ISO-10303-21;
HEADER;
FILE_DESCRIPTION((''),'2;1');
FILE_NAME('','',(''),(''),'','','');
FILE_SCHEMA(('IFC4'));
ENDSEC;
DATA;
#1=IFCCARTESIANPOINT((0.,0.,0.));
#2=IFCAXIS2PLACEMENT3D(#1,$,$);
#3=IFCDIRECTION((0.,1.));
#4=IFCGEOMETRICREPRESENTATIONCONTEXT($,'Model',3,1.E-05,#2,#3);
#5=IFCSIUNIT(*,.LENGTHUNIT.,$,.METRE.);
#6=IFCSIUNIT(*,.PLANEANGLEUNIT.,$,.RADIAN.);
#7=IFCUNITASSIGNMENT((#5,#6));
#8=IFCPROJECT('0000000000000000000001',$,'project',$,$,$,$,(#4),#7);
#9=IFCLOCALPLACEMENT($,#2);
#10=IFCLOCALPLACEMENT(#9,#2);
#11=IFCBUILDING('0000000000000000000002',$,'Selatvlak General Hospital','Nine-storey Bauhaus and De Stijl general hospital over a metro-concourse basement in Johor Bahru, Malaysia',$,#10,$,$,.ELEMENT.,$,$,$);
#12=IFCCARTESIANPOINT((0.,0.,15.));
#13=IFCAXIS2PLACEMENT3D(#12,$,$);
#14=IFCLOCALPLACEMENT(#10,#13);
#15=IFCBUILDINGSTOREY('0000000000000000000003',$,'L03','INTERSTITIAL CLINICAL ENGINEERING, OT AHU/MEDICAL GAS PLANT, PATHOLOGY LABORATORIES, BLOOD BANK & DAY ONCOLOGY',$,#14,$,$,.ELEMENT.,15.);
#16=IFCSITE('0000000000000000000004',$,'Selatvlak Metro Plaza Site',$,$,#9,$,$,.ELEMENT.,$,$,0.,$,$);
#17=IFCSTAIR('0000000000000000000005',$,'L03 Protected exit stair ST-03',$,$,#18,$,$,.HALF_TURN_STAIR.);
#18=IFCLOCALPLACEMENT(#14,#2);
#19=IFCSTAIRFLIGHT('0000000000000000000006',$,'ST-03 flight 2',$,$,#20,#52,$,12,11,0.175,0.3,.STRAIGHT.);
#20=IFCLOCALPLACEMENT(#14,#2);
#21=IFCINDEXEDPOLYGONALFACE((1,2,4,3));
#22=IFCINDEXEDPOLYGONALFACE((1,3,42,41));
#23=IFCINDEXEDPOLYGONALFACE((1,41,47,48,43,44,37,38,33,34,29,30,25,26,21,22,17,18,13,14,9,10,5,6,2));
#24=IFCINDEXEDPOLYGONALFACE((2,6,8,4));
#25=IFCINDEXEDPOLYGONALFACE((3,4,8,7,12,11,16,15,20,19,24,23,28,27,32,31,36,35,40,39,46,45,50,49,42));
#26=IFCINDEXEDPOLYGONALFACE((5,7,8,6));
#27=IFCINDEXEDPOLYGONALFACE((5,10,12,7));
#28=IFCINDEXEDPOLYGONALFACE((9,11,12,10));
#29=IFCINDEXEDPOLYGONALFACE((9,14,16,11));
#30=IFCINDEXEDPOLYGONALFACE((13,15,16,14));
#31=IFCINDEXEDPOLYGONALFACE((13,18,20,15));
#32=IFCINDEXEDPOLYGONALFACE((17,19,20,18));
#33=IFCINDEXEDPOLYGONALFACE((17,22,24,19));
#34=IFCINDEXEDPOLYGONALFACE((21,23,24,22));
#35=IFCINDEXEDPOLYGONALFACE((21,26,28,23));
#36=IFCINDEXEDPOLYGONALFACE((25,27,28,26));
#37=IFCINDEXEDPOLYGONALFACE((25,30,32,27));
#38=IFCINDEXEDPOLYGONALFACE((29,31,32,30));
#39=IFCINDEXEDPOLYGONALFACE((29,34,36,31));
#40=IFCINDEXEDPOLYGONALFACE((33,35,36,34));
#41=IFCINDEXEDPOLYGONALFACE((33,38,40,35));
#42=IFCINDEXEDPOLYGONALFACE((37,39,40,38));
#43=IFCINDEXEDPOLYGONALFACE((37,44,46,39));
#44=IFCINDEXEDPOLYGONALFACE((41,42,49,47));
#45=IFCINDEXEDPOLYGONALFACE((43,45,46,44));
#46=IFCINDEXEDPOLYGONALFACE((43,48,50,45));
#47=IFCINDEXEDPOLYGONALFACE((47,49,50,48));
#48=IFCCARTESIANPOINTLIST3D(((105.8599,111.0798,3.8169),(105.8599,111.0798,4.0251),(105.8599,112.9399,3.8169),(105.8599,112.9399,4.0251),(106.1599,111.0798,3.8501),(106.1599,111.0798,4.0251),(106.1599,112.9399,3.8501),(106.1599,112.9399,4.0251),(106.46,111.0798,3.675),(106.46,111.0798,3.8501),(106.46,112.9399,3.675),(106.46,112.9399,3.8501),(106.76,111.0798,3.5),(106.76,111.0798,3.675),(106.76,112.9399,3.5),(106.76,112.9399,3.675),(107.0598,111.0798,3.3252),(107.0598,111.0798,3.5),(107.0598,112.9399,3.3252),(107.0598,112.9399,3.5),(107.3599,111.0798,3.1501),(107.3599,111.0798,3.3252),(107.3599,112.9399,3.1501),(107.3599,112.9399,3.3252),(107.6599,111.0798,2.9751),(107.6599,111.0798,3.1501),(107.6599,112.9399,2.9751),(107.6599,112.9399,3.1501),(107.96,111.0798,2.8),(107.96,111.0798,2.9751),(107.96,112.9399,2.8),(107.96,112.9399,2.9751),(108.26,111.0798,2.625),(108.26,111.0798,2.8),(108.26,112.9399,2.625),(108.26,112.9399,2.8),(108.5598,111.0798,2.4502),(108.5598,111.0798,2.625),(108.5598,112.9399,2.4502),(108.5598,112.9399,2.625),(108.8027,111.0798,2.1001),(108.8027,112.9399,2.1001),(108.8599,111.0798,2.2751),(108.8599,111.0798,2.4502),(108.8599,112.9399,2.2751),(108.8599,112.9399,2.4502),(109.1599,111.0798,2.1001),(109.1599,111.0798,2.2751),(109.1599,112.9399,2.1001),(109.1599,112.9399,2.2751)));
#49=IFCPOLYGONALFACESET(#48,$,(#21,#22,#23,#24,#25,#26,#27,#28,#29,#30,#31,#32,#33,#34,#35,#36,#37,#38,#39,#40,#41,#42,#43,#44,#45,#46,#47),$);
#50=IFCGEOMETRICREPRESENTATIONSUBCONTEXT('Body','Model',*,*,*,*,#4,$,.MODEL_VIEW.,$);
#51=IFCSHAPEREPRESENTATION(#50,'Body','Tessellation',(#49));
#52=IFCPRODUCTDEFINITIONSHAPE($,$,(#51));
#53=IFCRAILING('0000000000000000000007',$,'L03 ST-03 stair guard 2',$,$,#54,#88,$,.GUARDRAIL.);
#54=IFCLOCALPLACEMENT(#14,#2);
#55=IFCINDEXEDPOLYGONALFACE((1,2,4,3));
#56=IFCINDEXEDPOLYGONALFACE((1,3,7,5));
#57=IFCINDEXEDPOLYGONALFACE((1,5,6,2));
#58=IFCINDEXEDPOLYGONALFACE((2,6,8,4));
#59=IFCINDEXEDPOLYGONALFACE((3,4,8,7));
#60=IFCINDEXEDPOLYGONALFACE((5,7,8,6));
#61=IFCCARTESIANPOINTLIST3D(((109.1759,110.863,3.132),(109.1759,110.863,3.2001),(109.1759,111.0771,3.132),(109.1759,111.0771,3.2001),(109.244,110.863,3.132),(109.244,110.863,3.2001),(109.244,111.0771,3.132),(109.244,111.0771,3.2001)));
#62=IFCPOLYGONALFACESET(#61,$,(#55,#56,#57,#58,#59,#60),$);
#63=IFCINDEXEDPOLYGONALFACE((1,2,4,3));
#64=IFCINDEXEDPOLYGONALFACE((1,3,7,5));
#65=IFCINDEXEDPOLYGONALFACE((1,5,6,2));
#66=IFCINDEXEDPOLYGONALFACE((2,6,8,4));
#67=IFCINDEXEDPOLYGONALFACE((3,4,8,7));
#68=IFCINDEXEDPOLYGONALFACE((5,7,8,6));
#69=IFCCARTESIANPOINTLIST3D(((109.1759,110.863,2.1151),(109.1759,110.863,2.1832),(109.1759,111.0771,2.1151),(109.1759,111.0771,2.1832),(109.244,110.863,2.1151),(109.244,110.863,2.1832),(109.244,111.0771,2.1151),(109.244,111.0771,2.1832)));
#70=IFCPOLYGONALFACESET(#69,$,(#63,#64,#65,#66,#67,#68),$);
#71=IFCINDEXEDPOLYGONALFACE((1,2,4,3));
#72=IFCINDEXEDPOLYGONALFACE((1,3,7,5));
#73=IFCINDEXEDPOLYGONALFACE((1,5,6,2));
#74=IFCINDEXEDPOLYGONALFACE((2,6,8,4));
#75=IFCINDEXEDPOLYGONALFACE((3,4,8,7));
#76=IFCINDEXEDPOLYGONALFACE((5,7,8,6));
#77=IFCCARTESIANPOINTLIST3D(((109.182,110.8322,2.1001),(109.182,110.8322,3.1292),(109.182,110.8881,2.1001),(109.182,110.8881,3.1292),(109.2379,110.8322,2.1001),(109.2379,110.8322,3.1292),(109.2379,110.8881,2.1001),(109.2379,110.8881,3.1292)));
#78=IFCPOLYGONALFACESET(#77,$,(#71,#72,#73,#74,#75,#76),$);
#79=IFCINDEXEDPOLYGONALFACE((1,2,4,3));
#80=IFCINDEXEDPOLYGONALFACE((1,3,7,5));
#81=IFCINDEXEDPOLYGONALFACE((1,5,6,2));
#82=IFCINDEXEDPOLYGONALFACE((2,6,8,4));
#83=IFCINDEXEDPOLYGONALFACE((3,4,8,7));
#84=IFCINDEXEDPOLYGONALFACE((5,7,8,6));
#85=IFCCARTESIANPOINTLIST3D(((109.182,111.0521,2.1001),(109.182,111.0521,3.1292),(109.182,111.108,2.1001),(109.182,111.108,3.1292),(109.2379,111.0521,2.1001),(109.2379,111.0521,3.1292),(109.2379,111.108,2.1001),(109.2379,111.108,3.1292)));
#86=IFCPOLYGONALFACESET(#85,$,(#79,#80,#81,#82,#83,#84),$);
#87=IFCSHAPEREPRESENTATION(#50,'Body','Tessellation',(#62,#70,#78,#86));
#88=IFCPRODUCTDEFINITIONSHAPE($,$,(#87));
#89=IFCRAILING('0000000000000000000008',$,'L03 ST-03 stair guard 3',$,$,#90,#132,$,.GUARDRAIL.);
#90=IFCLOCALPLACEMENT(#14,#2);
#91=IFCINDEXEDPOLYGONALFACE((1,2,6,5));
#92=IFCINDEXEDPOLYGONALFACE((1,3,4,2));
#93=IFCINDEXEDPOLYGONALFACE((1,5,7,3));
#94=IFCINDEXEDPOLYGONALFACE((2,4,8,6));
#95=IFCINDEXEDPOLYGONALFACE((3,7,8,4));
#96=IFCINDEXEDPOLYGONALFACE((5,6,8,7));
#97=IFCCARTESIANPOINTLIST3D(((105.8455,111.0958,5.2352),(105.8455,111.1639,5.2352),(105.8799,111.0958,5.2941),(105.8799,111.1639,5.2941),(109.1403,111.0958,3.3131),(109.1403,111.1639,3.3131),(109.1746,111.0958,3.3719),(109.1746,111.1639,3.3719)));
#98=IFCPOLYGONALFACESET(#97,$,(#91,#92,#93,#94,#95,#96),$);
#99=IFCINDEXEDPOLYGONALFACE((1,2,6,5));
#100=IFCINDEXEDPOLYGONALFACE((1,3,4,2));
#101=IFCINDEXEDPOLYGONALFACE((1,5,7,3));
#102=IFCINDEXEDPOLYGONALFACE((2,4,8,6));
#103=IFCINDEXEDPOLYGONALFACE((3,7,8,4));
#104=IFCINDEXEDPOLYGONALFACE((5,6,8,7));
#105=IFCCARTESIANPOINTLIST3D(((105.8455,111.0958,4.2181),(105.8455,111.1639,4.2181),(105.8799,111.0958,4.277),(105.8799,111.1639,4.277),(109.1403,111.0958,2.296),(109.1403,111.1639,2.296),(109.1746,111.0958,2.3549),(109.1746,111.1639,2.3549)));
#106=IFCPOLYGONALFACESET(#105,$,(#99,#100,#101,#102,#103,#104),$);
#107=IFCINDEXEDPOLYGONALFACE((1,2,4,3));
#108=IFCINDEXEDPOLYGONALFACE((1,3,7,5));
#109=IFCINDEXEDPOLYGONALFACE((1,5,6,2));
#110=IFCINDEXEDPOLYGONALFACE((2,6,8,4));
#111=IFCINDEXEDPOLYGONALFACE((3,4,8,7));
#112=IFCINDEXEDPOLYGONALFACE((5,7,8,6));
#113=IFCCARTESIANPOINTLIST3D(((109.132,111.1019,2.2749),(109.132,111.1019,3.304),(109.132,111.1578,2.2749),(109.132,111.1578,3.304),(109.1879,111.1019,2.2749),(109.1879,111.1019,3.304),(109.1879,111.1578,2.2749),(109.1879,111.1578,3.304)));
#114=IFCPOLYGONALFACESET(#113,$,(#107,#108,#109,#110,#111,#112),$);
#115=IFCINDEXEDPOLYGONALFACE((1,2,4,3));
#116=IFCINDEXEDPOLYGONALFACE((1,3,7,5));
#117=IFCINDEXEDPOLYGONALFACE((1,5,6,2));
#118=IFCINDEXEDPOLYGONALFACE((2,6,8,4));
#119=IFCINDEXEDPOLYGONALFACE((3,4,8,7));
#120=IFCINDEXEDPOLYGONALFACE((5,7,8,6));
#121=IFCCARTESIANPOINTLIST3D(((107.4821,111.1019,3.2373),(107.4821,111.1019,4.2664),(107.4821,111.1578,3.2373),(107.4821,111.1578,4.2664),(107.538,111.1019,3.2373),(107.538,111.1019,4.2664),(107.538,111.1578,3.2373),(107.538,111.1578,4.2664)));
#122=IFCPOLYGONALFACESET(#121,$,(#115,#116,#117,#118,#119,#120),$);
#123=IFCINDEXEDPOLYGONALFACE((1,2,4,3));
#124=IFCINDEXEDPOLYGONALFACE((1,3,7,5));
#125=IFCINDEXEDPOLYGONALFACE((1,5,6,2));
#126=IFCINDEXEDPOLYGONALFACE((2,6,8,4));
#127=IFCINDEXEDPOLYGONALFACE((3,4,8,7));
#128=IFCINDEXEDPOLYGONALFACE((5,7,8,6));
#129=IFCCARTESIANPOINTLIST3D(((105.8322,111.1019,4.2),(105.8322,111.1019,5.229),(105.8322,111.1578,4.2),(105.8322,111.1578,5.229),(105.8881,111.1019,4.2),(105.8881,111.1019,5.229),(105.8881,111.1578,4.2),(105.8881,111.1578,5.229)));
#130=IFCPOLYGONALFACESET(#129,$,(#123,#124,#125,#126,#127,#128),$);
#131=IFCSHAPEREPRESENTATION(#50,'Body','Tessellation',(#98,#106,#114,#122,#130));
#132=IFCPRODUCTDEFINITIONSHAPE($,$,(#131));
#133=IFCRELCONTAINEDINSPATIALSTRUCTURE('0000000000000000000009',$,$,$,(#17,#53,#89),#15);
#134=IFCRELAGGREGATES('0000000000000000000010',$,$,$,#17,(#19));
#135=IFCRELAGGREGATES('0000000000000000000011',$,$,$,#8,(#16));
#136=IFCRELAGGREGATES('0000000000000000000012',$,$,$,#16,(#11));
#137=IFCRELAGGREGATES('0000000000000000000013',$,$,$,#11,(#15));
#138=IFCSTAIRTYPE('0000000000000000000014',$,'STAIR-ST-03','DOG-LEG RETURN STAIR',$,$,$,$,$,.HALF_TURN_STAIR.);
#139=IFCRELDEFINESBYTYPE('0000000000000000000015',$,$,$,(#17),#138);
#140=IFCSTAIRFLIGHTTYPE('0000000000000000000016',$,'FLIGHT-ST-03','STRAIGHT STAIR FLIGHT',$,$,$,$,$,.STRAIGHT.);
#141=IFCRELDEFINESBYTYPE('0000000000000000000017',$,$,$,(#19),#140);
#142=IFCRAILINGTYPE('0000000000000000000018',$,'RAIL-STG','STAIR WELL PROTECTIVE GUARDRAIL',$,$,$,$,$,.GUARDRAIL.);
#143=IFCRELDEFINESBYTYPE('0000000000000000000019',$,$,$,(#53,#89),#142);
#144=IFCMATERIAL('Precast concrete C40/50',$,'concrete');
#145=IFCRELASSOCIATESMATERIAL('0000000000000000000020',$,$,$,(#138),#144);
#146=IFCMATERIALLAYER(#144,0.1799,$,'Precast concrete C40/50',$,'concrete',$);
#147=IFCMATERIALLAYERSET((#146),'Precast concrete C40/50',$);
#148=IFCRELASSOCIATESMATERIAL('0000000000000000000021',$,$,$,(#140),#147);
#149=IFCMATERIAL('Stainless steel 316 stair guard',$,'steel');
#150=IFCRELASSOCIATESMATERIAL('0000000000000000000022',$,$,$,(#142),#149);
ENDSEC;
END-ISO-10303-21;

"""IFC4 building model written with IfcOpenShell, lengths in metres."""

from ifc_helpers import new_model, si_unit, direction, frame, origin, origin_2d, place, context, subcontext, project, spatial, polyline, rectangle, outline, extrude, material, layer, layer_set, type_object, element, aggregate, save


model = new_model("IFC4")

# Units and contexts
model_context = context("Model", 3, precision=1e-05, world=origin(), true_north=direction((0.0, 1.0)))
body_context = subcontext(model_context, "Body", "Model", "MODEL_VIEW")
ifc_project = project(units=[si_unit("LENGTHUNIT", "METRE"), si_unit("PLANEANGLEUNIT", "RADIAN")], contexts=[model_context])

# Site, building, storey
site_placement = place(None, origin())
site = spatial("IfcSite", under=ifc_project, at=site_placement, Name="Selatvlak Metro Plaza Site", CompositionType="ELEMENT", RefElevation=0.0)
building_placement = place(site_placement, origin())
building = spatial("IfcBuilding", under=site, at=building_placement, Name="Selatvlak General Hospital", Description="Nine-storey Bauhaus and De Stijl general hospital over a metro-concourse basement in Johor Bahru, Malaysia", CompositionType="ELEMENT")
storey_placement = place(building_placement, frame((0.0, 0.0, 15.0)))
storey = spatial("IfcBuildingStorey", under=building, at=storey_placement, Name="L03", Description="INTERSTITIAL CLINICAL ENGINEERING, OT AHU/MEDICAL GAS PLANT, PATHOLOGY LABORATORIES, BLOOD BANK & DAY ONCOLOGY", CompositionType="ELEMENT", Elevation=15.0)

# Stair, stair flight
ifc_material_1 = material(Name="Precast concrete C40/50", Category="concrete")
stair_type = type_object("IfcStairType", Name="STAIR-ST-03", Description="DOG-LEG RETURN STAIR", PredefinedType="HALF_TURN_STAIR", material=ifc_material_1)
stair_placement = place(storey_placement, origin())
stair = element("IfcStair", 1, at=stair_placement, inside=storey, type_object=stair_type, Name="L03 Protected exit stair ST-03", PredefinedType="HALF_TURN_STAIR")
ifc_layer_1 = layer(ifc_material_1, 0.1799, Name="Precast concrete C40/50", Category="concrete")
ifc_layer_set_1 = layer_set([ifc_layer_1], Name="Precast concrete C40/50")
stair_flight_type = type_object("IfcStairFlightType", Name="FLIGHT-ST-03", Description="STRAIGHT STAIR FLIGHT", PredefinedType="STRAIGHT", material=ifc_layer_set_1)
stair_flight_placement = place(storey_placement, frame((109.1599, 112.01, 2.1001), z_axis=(0.0, 0.0, 1.0), x_axis=(-1.0, 0.0, 0.0)))
stair_flight = element("IfcStairFlight", 2, at=stair_flight_placement, type_object=stair_flight_type, Name="ST-03 flight 2", NumberOfRisers=12, NumberOfTreads=11, PredefinedType="STRAIGHT", RiserHeight=0.175, TreadLength=0.3, context=body_context, shape_type="SweptSolid", body=[
    extrude(outline(polyline([(0.0, 0.0), (0.0, 0.175), (0.3, 0.175), (0.3, 0.3501), (0.6001, 0.3501), (0.6001, 0.5249), (0.8999, 0.5249), (0.8999, 0.7), (1.2, 0.7), (1.2, 0.875), (1.5, 0.875), (1.5, 1.05), (1.8, 1.05), (1.8, 1.2251), (2.1001, 1.2251), (2.1001, 1.3999), (2.3999, 1.3999), (2.3999, 1.575), (2.7, 1.575), (2.7, 1.75), (3.0, 1.75), (3.0, 1.925), (3.3, 1.925), (3.3, 2.1001), (3.3, 1.7168), (0.3572, 0.0), (0.0, 0.0)])), frame((0.0, 0.9302, 0.0), z_axis=(0.0, -1.0, 0.0), x_axis=(1.0, 0.0, 0.0)), (0.0, 0.0, 1.0), 1.8601),
])
aggregate(stair, [stair_flight])

# Railings
ifc_material_2 = material(Name="Stainless steel 316 stair guard", Category="steel")
railing_type_1 = type_object("IfcRailingType", Name="RAIL-STG", Description="STAIR WELL PROTECTIVE GUARDRAIL", PredefinedType="GUARDRAIL", material=ifc_material_2)
railing_1_placement = place(storey_placement, frame((109.21, 110.8601, 2.1001)))
element("IfcRailing", 3, at=railing_1_placement, inside=storey, type_object=railing_type_1, Name="L03 ST-03 stair guard 2", PredefinedType="GUARDRAIL", context=body_context, shape_type="SweptSolid", body=[
    extrude(rectangle(XDim=0.0681, YDim=0.0681, at=origin_2d()), frame((0.0, 0.0029, 1.0659), z_axis=(0.0, 1.0, 0.0), x_axis=(-1.0, 0.0, 0.0)), (0.0, 0.0, 1.0), 0.2141),
    extrude(rectangle(XDim=0.0681, YDim=0.0681, at=origin_2d()), frame((0.0, 0.0029, 0.0491), z_axis=(0.0, 1.0, 0.0), x_axis=(-1.0, 0.0, 0.0)), (0.0, 0.0, 1.0), 0.2141),
    extrude(rectangle(XDim=0.0559, YDim=0.0559, at=origin_2d()), origin(), (0.0, 0.0, 1.0), 1.0291),
    extrude(rectangle(XDim=0.0559, YDim=0.0559, at=origin_2d()), frame((0.0, 0.22, 0.0)), (0.0, 0.0, 1.0), 1.0291),
])
railing_2_placement = place(storey_placement, frame((109.1599, 111.1299, 2.2749)))
element("IfcRailing", 4, at=railing_2_placement, inside=storey, type_object=railing_type_1, Name="L03 ST-03 stair guard 3", PredefinedType="GUARDRAIL", context=body_context, shape_type="SweptSolid", body=[
    extrude(rectangle(XDim=0.0681, YDim=0.0681, at=origin_2d()), frame((-0.0024, 0.0, 1.0676), z_axis=(-0.86376, 0.0, 0.503903), x_axis=(0.0, -1.0, 0.0)), (0.0, 0.0, 1.0), 3.8145),
    extrude(rectangle(XDim=0.0681, YDim=0.0681, at=origin_2d()), frame((-0.0024, 0.0, 0.0505), z_axis=(-0.86376, 0.0, 0.503903), x_axis=(0.0, -1.0, 0.0)), (0.0, 0.0, 1.0), 3.8145),
    extrude(rectangle(XDim=0.0559, YDim=0.0559, at=origin_2d()), origin(), (0.0, 0.0, 1.0), 1.0291),
    extrude(rectangle(XDim=0.0559, YDim=0.0559, at=origin_2d()), frame((-1.6499, 0.0, 0.9624)), (0.0, 0.0, 1.0), 1.0291),
    extrude(rectangle(XDim=0.0559, YDim=0.0559, at=origin_2d()), frame((-3.2998, 0.0, 1.925)), (0.0, 0.0, 1.0), 1.0291),
])

save(model, "model.ifc")
